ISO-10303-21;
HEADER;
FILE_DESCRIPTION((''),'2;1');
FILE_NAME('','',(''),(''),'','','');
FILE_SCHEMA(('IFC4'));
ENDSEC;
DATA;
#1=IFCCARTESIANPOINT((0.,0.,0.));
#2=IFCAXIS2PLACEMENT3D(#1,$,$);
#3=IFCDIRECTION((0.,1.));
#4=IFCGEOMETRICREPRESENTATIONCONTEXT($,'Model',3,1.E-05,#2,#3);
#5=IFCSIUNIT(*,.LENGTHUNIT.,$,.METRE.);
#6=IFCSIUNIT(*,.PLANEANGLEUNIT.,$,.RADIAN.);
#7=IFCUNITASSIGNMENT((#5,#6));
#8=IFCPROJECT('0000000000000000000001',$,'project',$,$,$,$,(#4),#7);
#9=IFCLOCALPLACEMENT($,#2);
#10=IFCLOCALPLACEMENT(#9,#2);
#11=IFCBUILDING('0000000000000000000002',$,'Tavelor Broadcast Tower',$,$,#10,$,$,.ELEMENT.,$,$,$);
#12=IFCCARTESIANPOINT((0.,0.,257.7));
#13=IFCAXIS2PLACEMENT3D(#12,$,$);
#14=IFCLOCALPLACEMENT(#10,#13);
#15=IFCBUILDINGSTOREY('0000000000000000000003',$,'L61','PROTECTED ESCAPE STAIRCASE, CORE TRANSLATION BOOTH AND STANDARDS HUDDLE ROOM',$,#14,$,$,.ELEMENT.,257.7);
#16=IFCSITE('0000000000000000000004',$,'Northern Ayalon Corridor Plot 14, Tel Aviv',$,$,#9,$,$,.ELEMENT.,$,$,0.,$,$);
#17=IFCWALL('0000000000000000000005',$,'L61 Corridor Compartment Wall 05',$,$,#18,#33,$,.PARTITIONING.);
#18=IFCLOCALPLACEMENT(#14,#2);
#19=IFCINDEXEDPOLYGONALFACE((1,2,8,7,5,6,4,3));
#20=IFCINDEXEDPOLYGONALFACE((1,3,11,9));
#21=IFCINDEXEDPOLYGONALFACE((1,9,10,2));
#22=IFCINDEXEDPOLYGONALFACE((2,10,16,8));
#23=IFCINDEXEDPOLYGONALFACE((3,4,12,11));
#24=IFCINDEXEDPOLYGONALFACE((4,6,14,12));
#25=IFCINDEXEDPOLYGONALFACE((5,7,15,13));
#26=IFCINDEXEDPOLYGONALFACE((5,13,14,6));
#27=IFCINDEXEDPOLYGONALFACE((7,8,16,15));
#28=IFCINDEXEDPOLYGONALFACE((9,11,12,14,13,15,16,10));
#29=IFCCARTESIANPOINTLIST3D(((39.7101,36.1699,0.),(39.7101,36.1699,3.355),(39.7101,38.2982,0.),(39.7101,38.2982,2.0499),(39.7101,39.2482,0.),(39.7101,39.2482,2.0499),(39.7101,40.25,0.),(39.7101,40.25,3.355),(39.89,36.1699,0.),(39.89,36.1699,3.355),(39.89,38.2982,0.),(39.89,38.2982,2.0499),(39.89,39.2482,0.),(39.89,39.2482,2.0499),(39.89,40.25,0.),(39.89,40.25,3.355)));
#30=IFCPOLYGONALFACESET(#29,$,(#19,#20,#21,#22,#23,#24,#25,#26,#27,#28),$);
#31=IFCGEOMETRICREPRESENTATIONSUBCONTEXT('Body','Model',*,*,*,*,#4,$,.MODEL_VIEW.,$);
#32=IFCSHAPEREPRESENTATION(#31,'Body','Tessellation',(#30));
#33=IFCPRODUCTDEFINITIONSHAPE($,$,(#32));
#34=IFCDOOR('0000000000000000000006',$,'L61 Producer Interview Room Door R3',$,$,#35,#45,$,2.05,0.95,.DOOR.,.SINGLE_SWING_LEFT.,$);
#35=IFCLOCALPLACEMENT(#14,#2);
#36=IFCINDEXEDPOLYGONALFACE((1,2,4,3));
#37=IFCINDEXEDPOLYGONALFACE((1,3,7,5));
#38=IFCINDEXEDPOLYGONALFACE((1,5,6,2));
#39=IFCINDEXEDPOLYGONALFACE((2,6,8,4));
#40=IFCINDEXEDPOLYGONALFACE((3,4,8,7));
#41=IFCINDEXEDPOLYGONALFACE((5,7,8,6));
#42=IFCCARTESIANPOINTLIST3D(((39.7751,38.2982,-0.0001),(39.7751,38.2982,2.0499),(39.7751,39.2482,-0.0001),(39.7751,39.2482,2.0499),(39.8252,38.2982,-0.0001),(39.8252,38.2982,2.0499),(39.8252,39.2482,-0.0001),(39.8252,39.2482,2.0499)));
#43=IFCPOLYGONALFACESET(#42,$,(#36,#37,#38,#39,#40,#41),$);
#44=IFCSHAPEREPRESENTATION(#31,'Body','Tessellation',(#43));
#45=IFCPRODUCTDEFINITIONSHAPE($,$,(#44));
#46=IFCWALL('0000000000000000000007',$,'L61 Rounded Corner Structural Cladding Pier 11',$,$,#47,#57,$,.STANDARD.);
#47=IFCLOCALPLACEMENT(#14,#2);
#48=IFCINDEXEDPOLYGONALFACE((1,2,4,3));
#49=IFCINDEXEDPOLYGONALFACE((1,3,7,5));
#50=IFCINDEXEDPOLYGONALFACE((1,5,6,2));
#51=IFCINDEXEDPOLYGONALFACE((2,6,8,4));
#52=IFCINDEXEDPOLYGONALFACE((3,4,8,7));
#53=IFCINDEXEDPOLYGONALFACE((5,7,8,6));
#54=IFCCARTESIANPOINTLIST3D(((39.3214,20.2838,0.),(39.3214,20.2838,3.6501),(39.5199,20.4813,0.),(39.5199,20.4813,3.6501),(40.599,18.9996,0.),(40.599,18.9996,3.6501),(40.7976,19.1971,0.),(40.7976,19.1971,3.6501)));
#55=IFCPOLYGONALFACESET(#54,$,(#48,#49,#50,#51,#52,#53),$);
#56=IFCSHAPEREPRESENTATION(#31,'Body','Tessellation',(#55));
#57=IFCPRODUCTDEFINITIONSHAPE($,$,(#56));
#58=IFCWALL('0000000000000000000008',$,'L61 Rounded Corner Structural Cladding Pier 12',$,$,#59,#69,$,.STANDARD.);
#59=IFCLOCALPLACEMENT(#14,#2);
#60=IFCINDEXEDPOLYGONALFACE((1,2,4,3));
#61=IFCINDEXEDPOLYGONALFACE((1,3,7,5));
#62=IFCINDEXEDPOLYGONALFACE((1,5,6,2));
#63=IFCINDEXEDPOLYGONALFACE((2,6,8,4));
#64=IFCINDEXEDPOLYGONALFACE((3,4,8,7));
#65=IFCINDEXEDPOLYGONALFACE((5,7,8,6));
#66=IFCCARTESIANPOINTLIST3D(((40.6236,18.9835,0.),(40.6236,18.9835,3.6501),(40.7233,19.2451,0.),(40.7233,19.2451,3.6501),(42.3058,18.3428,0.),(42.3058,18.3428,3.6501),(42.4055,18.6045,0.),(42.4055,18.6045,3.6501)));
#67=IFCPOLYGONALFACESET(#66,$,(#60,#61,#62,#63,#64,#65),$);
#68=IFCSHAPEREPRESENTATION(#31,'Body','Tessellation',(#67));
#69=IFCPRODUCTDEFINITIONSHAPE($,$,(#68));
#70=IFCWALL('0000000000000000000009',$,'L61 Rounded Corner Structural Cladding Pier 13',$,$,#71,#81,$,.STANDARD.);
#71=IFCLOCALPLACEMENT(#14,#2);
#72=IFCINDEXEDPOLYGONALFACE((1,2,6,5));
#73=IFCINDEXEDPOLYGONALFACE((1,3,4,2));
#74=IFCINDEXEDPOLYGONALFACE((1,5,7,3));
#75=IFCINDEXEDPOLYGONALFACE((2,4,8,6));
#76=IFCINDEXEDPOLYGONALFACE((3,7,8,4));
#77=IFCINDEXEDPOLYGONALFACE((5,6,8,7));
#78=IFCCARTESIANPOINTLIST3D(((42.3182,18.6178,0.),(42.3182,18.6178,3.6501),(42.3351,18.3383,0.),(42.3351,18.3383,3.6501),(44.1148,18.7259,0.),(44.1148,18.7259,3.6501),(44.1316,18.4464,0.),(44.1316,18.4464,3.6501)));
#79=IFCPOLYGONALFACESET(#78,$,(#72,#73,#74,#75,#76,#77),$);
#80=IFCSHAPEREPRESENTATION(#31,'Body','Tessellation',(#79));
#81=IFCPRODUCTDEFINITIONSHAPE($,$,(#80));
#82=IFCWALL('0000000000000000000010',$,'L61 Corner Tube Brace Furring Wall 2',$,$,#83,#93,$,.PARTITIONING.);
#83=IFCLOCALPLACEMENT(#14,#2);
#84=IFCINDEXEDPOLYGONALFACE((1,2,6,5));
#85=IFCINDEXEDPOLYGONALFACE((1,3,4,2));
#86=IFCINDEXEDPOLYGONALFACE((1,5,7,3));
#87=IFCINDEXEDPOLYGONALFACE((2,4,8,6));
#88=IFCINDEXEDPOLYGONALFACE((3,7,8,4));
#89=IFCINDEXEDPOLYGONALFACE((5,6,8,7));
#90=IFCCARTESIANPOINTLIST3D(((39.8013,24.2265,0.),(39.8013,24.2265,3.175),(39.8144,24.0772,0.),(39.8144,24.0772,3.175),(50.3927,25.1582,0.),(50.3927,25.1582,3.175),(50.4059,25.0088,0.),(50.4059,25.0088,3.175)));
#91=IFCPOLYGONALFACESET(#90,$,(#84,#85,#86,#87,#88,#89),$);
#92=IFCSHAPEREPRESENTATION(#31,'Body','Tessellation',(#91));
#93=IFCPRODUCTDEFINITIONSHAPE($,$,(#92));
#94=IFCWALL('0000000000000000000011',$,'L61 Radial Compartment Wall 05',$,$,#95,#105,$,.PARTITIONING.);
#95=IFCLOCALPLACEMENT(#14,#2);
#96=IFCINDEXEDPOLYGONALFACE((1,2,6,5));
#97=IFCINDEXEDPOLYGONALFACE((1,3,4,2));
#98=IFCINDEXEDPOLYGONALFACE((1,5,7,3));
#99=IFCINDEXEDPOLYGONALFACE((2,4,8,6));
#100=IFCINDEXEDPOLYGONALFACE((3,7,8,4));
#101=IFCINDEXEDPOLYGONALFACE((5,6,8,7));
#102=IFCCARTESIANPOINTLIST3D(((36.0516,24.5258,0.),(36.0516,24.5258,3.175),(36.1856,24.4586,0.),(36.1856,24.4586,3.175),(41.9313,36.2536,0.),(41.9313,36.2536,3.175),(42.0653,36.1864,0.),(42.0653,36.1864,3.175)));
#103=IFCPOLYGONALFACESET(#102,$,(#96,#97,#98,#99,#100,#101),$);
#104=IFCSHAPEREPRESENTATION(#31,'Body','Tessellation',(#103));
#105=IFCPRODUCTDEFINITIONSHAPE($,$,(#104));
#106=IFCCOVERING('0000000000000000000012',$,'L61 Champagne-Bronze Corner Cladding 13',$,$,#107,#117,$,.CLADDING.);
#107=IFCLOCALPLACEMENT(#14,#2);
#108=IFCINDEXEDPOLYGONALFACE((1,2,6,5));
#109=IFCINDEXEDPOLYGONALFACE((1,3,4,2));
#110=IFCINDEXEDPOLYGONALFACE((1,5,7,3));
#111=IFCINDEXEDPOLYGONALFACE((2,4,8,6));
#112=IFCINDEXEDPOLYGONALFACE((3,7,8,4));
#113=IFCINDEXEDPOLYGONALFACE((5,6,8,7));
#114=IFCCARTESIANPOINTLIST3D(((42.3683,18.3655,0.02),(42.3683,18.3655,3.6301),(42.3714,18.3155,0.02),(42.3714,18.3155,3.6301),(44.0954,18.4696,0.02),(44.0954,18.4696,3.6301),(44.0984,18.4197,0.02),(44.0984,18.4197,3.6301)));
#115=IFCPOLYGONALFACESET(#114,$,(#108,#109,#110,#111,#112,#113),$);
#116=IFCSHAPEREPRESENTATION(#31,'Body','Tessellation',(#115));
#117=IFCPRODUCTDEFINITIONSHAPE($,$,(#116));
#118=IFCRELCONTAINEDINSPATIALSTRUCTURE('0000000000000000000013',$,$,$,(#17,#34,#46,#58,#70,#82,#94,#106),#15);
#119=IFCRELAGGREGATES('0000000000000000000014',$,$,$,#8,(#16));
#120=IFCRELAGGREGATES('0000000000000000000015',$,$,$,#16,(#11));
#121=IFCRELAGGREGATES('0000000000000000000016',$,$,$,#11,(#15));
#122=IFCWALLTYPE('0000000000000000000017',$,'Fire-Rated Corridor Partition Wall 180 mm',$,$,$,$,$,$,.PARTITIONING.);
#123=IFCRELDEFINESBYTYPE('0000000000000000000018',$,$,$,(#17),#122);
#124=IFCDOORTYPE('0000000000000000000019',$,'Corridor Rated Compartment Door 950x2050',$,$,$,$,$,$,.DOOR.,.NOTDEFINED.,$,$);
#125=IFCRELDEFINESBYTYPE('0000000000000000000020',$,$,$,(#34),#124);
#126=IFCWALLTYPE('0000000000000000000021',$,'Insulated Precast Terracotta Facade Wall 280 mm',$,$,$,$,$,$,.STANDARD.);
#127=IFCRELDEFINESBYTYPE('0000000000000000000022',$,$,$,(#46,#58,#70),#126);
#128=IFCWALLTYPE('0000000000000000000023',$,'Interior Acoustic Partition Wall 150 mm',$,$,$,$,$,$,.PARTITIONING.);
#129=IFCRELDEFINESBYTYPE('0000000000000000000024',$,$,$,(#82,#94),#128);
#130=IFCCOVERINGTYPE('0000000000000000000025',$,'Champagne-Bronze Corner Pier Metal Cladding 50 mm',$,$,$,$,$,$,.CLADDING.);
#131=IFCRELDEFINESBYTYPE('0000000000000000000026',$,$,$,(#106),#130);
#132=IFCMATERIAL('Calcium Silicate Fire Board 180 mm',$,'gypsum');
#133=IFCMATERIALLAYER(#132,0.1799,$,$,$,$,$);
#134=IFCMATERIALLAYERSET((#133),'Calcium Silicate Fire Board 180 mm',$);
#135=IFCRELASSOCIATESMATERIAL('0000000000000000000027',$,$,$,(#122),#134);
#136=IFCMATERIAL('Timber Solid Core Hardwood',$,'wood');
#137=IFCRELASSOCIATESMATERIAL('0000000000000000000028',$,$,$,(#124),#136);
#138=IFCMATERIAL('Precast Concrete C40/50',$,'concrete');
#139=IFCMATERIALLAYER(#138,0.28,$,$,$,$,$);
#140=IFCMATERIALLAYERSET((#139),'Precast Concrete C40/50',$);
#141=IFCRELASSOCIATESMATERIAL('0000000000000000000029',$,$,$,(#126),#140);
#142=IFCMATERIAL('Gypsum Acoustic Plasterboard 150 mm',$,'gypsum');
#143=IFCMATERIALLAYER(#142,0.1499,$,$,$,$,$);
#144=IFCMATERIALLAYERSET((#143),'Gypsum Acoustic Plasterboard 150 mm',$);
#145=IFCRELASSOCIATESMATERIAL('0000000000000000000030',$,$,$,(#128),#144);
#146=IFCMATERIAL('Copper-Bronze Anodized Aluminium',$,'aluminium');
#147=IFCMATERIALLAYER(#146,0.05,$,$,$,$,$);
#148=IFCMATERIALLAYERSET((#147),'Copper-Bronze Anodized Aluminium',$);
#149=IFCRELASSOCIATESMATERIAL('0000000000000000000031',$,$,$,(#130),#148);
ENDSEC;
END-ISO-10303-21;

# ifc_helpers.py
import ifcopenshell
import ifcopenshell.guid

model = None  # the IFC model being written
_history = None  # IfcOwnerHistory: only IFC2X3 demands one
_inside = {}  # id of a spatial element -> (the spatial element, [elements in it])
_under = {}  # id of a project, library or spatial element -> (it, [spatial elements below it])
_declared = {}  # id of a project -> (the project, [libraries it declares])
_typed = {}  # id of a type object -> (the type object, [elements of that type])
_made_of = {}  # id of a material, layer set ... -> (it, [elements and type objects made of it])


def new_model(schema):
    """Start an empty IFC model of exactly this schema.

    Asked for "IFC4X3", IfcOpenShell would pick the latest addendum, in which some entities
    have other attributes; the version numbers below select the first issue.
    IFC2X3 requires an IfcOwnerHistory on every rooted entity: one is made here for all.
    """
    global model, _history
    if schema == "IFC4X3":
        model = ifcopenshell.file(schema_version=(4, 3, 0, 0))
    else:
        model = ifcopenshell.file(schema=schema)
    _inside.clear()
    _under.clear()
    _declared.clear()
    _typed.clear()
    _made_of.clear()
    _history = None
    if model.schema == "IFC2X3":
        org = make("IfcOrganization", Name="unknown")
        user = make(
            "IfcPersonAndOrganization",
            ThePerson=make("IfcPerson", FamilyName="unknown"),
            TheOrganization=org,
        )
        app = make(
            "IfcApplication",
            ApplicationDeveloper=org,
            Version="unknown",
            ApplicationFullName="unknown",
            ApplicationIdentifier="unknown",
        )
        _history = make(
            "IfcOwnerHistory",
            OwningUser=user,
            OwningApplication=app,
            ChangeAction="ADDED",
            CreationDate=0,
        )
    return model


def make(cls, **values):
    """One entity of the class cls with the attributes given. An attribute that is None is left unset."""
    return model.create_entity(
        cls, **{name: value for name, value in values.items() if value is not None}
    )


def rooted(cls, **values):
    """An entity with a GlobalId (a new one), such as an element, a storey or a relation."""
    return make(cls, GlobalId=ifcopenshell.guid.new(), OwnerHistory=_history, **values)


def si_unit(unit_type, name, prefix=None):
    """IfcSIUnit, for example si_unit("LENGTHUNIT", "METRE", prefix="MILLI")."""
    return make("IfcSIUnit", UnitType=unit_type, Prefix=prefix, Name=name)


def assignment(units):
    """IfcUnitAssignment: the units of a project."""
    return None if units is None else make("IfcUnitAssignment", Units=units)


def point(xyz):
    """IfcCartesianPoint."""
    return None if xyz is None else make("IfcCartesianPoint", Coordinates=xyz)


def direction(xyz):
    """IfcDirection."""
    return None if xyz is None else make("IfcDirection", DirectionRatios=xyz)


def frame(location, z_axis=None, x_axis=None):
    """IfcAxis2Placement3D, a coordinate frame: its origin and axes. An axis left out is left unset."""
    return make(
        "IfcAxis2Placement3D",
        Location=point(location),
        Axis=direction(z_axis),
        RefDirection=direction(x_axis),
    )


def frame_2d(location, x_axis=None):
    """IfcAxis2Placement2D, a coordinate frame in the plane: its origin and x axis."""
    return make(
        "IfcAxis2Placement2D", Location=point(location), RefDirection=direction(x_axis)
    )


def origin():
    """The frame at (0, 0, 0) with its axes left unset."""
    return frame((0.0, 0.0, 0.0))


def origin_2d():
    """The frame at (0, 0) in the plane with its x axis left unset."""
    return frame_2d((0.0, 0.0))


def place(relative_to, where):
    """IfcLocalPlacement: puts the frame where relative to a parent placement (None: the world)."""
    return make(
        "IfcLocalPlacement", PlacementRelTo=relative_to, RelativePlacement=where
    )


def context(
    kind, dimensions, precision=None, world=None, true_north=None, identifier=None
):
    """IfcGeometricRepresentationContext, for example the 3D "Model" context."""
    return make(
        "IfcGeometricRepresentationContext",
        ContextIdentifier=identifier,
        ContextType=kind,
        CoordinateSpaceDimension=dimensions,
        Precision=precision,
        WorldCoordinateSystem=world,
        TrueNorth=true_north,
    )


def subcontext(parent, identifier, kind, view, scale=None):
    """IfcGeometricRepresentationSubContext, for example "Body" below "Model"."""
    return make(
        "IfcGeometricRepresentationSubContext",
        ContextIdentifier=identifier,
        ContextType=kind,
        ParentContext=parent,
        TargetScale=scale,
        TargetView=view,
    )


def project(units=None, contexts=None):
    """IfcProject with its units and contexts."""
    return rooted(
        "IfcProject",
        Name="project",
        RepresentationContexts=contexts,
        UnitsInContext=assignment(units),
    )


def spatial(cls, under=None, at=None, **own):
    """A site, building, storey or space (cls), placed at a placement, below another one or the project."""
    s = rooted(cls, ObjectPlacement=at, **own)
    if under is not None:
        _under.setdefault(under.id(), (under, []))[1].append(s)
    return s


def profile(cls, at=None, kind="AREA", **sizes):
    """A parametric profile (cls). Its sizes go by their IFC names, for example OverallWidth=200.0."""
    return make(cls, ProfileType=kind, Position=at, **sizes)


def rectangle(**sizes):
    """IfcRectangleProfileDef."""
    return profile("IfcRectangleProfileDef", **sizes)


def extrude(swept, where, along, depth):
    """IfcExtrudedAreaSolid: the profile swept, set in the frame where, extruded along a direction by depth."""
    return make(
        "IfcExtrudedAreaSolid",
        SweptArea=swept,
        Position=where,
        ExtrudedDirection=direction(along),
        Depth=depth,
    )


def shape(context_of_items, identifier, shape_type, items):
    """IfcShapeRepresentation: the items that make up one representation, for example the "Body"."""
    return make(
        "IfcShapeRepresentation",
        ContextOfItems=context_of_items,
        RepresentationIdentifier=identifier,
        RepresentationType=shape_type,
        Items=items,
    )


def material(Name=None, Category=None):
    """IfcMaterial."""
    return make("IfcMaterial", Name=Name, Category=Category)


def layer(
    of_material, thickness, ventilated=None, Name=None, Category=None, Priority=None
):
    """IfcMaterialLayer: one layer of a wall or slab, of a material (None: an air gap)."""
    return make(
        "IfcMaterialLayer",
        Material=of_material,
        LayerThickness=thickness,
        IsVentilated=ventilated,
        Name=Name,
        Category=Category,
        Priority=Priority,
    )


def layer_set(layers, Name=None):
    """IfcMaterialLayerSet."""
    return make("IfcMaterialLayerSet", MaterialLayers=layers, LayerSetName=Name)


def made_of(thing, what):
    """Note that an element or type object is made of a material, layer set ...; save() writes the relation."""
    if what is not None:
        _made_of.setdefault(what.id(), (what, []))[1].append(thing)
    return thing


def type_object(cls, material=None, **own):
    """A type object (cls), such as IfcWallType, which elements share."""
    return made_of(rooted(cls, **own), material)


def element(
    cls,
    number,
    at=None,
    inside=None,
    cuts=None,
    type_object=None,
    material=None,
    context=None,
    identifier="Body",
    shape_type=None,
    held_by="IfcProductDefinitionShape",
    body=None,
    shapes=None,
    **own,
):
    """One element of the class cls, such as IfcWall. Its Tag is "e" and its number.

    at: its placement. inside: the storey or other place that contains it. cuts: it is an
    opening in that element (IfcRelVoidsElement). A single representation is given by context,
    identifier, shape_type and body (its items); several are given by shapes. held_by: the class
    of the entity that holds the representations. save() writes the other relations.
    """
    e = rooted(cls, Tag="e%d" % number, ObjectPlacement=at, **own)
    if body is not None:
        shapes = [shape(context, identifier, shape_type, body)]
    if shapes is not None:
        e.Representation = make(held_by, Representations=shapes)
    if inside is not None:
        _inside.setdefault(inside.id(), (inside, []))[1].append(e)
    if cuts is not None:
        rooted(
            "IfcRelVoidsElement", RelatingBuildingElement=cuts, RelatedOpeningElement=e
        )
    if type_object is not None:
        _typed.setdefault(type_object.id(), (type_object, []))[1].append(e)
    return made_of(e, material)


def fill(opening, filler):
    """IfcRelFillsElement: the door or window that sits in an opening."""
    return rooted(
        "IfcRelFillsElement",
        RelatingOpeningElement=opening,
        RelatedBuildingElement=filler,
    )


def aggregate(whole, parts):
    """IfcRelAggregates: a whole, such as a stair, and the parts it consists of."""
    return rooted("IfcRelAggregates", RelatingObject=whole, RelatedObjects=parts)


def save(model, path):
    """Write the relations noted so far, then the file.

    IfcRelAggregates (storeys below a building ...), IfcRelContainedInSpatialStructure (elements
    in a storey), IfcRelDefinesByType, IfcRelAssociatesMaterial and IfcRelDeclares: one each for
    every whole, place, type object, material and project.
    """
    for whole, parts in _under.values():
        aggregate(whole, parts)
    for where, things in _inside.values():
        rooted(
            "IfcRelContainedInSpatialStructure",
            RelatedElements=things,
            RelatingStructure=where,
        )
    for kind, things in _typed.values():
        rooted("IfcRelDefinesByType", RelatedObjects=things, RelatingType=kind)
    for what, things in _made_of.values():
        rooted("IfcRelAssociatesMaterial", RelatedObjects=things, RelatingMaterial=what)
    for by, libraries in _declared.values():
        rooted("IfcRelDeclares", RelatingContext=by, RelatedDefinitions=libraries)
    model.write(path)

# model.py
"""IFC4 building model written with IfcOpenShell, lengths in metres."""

from ifc_helpers import new_model, si_unit, direction, frame, frame_2d, origin, origin_2d, place, context, subcontext, project, spatial, rectangle, extrude, material, layer, layer_set, type_object, element, fill, save


model = new_model("IFC4")

# Units and contexts
model_context = context("Model", 3, precision=1e-05, world=origin(), true_north=direction((0.0, 1.0)))
body_context = subcontext(model_context, "Body", "Model", "MODEL_VIEW")
ifc_project = project(units=[si_unit("LENGTHUNIT", "METRE"), si_unit("PLANEANGLEUNIT", "RADIAN")], contexts=[model_context])

# Site, building, storey
site_placement = place(None, origin())
site = spatial("IfcSite", under=ifc_project, at=site_placement, Name="Northern Ayalon Corridor Plot 14, Tel Aviv", CompositionType="ELEMENT", RefElevation=0.0)
building_placement = place(site_placement, origin())
building = spatial("IfcBuilding", under=site, at=building_placement, Name="Tavelor Broadcast Tower", CompositionType="ELEMENT")
storey_placement = place(building_placement, frame((0.0, 0.0, 257.7)))
storey = spatial("IfcBuildingStorey", under=building, at=storey_placement, Name="L61", Description="PROTECTED ESCAPE STAIRCASE, CORE TRANSLATION BOOTH AND STANDARDS HUDDLE ROOM", CompositionType="ELEMENT", Elevation=257.7)

# Wall, opening, door
ifc_material_1 = material(Name="Calcium Silicate Fire Board 180 mm", Category="gypsum")
ifc_layer_1 = layer(ifc_material_1, 0.1799)
ifc_layer_set_1 = layer_set([ifc_layer_1], Name="Calcium Silicate Fire Board 180 mm")
wall_type_1 = type_object("IfcWallType", Name="Fire-Rated Corridor Partition Wall 180 mm", PredefinedType="PARTITIONING", material=ifc_layer_set_1)
wall_1_placement = place(storey_placement, frame((39.8, 36.1699, 0.0), z_axis=(0.0, 0.0, 1.0), x_axis=(0.0, 1.0, 0.0)))
wall_1 = element("IfcWall", 1, at=wall_1_placement, inside=storey, type_object=wall_type_1, Name="L61 Corridor Compartment Wall 05", PredefinedType="PARTITIONING", context=body_context, shape_type="SweptSolid", body=[
    extrude(rectangle(XDim=4.0801, YDim=0.1799, at=frame_2d((2.04, 0.0))), origin(), (0.0, 0.0, 1.0), 3.355),
])
opening_placement = place(wall_1_placement, frame((2.1282, 0.0, 0.0)))
opening = element("IfcOpeningElement", 2, at=opening_placement, cuts=wall_1, PredefinedType="OPENING", context=body_context, shape_type="SweptSolid", body=[
    extrude(rectangle(XDim=0.95, YDim=2.05, at=frame_2d((0.4751, 1.0249))), frame((0.0, 0.1001, 0.0), z_axis=(0.0, -1.0, 0.0), x_axis=(1.0, 0.0, 0.0)), (0.0, 0.0, 1.0), 0.2),
])
ifc_material_2 = material(Name="Timber Solid Core Hardwood", Category="wood")
door_type = type_object("IfcDoorType", Name="Corridor Rated Compartment Door 950x2050", OperationType="NOTDEFINED", PredefinedType="DOOR", material=ifc_material_2)
door_placement = place(opening_placement, origin())
door = element("IfcDoor", 3, at=door_placement, inside=storey, type_object=door_type, Name="L61 Producer Interview Room Door R3", OperationType="SINGLE_SWING_LEFT", OverallHeight=2.05, OverallWidth=0.95, PredefinedType="DOOR", context=body_context, shape_type="SweptSolid", body=[
    extrude(rectangle(XDim=0.95, YDim=2.05, at=frame_2d((0.4751, 1.0249))), frame((0.0, 0.0249, 0.0), z_axis=(0.0, -1.0, 0.0), x_axis=(1.0, 0.0, 0.0)), (0.0, 0.0, 1.0), 0.05),
])
fill(opening, door)

# Walls
ifc_material_3 = material(Name="Precast Concrete C40/50", Category="concrete")
ifc_layer_2 = layer(ifc_material_3, 0.28)
ifc_layer_set_2 = layer_set([ifc_layer_2], Name="Precast Concrete C40/50")
wall_type_2 = type_object("IfcWallType", Name="Insulated Precast Terracotta Facade Wall 280 mm", PredefinedType="STANDARD", material=ifc_layer_set_2)
wall_2_placement = place(storey_placement, frame((39.4207, 20.3826, 0.0), z_axis=(0.0, 0.0, 1.0), x_axis=(0.705285, -0.708924, 0.0)))
element("IfcWall", 4, at=wall_2_placement, inside=storey, type_object=wall_type_2, Name="L61 Rounded Corner Structural Cladding Pier 11", PredefinedType="STANDARD", context=body_context, shape_type="SweptSolid", body=[
    extrude(rectangle(XDim=1.8115, YDim=0.28, at=frame_2d((0.9058, 0.0))), origin(), (0.0, 0.0, 1.0), 3.6501),
])
wall_3_placement = place(storey_placement, frame((40.6736, 19.1143, 0.0), z_axis=(0.0, 0.0, 1.0), x_axis=(0.934522, -0.355905, 0.0)))
element("IfcWall", 5, at=wall_3_placement, inside=storey, type_object=wall_type_2, Name="L61 Rounded Corner Structural Cladding Pier 12", PredefinedType="STANDARD", context=body_context, shape_type="SweptSolid", body=[
    extrude(rectangle(XDim=1.8, YDim=0.28, at=frame_2d((0.8999, 0.0))), origin(), (0.0, 0.0, 1.0), 3.6501),
])
wall_4_placement = place(storey_placement, frame((42.3267, 18.478, 0.0), z_axis=(0.0, 0.0, 1.0), x_axis=(0.998193, 0.06009, 0.0)))
element("IfcWall", 6, at=wall_4_placement, inside=storey, type_object=wall_type_2, Name="L61 Rounded Corner Structural Cladding Pier 13", PredefinedType="STANDARD", context=body_context, shape_type="SweptSolid", body=[
    extrude(rectangle(XDim=1.7998, YDim=0.28, at=frame_2d((0.8999, 0.0))), origin(), (0.0, 0.0, 1.0), 3.6501),
])
ifc_material_4 = material(Name="Gypsum Acoustic Plasterboard 150 mm", Category="gypsum")
ifc_layer_3 = layer(ifc_material_4, 0.1499)
ifc_layer_set_3 = layer_set([ifc_layer_3], Name="Gypsum Acoustic Plasterboard 150 mm")
wall_type_3 = type_object("IfcWallType", Name="Interior Acoustic Partition Wall 150 mm", PredefinedType="PARTITIONING", material=ifc_layer_set_3)
wall_5_placement = place(storey_placement, frame((39.8079, 24.1519, 0.0), z_axis=(0.0, 0.0, 1.0), x_axis=(0.996154, 0.087624, 0.0)))
element("IfcWall", 7, at=wall_5_placement, inside=storey, type_object=wall_type_3, Name="L61 Corner Tube Brace Furring Wall 2", PredefinedType="PARTITIONING", context=body_context, shape_type="SweptSolid", body=[
    extrude(rectangle(XDim=10.6323, YDim=0.1499, at=frame_2d((5.3162, 0.0))), origin(), (0.0, 0.0, 1.0), 3.175),
])
wall_6_placement = place(storey_placement, frame((41.9983, 36.22, 0.0), z_axis=(0.0, 0.0, 1.0), x_axis=(-0.448174, -0.893947, 0.0)))
element("IfcWall", 8, at=wall_6_placement, inside=storey, type_object=wall_type_3, Name="L61 Radial Compartment Wall 05", PredefinedType="PARTITIONING", context=body_context, shape_type="SweptSolid", body=[
    extrude(rectangle(XDim=13.1191, YDim=0.1499, at=frame_2d((6.5596, 0.0))), origin(), (0.0, 0.0, 1.0), 3.175),
])

# Covering
ifc_material_5 = material(Name="Copper-Bronze Anodized Aluminium", Category="aluminium")
ifc_layer_4 = layer(ifc_material_5, 0.05)
ifc_layer_set_4 = layer_set([ifc_layer_4], Name="Copper-Bronze Anodized Aluminium")
covering_type = type_object("IfcCoveringType", Name="Champagne-Bronze Corner Pier Metal Cladding 50 mm", PredefinedType="CLADDING", material=ifc_layer_set_4)
covering_placement = place(storey_placement, frame((43.2334, 18.3926, 0.02), z_axis=(0.0, 0.0, 1.0), x_axis=(0.998188, 0.060177, 0.0)))
element("IfcCovering", 9, at=covering_placement, inside=storey, type_object=covering_type, Name="L61 Champagne-Bronze Corner Cladding 13", PredefinedType="CLADDING", context=body_context, shape_type="SweptSolid", body=[
    extrude(rectangle(XDim=1.7302, YDim=0.05, at=origin_2d()), origin(), (0.0, 0.0, 1.0), 3.6101),
])

save(model, "model.ifc")
